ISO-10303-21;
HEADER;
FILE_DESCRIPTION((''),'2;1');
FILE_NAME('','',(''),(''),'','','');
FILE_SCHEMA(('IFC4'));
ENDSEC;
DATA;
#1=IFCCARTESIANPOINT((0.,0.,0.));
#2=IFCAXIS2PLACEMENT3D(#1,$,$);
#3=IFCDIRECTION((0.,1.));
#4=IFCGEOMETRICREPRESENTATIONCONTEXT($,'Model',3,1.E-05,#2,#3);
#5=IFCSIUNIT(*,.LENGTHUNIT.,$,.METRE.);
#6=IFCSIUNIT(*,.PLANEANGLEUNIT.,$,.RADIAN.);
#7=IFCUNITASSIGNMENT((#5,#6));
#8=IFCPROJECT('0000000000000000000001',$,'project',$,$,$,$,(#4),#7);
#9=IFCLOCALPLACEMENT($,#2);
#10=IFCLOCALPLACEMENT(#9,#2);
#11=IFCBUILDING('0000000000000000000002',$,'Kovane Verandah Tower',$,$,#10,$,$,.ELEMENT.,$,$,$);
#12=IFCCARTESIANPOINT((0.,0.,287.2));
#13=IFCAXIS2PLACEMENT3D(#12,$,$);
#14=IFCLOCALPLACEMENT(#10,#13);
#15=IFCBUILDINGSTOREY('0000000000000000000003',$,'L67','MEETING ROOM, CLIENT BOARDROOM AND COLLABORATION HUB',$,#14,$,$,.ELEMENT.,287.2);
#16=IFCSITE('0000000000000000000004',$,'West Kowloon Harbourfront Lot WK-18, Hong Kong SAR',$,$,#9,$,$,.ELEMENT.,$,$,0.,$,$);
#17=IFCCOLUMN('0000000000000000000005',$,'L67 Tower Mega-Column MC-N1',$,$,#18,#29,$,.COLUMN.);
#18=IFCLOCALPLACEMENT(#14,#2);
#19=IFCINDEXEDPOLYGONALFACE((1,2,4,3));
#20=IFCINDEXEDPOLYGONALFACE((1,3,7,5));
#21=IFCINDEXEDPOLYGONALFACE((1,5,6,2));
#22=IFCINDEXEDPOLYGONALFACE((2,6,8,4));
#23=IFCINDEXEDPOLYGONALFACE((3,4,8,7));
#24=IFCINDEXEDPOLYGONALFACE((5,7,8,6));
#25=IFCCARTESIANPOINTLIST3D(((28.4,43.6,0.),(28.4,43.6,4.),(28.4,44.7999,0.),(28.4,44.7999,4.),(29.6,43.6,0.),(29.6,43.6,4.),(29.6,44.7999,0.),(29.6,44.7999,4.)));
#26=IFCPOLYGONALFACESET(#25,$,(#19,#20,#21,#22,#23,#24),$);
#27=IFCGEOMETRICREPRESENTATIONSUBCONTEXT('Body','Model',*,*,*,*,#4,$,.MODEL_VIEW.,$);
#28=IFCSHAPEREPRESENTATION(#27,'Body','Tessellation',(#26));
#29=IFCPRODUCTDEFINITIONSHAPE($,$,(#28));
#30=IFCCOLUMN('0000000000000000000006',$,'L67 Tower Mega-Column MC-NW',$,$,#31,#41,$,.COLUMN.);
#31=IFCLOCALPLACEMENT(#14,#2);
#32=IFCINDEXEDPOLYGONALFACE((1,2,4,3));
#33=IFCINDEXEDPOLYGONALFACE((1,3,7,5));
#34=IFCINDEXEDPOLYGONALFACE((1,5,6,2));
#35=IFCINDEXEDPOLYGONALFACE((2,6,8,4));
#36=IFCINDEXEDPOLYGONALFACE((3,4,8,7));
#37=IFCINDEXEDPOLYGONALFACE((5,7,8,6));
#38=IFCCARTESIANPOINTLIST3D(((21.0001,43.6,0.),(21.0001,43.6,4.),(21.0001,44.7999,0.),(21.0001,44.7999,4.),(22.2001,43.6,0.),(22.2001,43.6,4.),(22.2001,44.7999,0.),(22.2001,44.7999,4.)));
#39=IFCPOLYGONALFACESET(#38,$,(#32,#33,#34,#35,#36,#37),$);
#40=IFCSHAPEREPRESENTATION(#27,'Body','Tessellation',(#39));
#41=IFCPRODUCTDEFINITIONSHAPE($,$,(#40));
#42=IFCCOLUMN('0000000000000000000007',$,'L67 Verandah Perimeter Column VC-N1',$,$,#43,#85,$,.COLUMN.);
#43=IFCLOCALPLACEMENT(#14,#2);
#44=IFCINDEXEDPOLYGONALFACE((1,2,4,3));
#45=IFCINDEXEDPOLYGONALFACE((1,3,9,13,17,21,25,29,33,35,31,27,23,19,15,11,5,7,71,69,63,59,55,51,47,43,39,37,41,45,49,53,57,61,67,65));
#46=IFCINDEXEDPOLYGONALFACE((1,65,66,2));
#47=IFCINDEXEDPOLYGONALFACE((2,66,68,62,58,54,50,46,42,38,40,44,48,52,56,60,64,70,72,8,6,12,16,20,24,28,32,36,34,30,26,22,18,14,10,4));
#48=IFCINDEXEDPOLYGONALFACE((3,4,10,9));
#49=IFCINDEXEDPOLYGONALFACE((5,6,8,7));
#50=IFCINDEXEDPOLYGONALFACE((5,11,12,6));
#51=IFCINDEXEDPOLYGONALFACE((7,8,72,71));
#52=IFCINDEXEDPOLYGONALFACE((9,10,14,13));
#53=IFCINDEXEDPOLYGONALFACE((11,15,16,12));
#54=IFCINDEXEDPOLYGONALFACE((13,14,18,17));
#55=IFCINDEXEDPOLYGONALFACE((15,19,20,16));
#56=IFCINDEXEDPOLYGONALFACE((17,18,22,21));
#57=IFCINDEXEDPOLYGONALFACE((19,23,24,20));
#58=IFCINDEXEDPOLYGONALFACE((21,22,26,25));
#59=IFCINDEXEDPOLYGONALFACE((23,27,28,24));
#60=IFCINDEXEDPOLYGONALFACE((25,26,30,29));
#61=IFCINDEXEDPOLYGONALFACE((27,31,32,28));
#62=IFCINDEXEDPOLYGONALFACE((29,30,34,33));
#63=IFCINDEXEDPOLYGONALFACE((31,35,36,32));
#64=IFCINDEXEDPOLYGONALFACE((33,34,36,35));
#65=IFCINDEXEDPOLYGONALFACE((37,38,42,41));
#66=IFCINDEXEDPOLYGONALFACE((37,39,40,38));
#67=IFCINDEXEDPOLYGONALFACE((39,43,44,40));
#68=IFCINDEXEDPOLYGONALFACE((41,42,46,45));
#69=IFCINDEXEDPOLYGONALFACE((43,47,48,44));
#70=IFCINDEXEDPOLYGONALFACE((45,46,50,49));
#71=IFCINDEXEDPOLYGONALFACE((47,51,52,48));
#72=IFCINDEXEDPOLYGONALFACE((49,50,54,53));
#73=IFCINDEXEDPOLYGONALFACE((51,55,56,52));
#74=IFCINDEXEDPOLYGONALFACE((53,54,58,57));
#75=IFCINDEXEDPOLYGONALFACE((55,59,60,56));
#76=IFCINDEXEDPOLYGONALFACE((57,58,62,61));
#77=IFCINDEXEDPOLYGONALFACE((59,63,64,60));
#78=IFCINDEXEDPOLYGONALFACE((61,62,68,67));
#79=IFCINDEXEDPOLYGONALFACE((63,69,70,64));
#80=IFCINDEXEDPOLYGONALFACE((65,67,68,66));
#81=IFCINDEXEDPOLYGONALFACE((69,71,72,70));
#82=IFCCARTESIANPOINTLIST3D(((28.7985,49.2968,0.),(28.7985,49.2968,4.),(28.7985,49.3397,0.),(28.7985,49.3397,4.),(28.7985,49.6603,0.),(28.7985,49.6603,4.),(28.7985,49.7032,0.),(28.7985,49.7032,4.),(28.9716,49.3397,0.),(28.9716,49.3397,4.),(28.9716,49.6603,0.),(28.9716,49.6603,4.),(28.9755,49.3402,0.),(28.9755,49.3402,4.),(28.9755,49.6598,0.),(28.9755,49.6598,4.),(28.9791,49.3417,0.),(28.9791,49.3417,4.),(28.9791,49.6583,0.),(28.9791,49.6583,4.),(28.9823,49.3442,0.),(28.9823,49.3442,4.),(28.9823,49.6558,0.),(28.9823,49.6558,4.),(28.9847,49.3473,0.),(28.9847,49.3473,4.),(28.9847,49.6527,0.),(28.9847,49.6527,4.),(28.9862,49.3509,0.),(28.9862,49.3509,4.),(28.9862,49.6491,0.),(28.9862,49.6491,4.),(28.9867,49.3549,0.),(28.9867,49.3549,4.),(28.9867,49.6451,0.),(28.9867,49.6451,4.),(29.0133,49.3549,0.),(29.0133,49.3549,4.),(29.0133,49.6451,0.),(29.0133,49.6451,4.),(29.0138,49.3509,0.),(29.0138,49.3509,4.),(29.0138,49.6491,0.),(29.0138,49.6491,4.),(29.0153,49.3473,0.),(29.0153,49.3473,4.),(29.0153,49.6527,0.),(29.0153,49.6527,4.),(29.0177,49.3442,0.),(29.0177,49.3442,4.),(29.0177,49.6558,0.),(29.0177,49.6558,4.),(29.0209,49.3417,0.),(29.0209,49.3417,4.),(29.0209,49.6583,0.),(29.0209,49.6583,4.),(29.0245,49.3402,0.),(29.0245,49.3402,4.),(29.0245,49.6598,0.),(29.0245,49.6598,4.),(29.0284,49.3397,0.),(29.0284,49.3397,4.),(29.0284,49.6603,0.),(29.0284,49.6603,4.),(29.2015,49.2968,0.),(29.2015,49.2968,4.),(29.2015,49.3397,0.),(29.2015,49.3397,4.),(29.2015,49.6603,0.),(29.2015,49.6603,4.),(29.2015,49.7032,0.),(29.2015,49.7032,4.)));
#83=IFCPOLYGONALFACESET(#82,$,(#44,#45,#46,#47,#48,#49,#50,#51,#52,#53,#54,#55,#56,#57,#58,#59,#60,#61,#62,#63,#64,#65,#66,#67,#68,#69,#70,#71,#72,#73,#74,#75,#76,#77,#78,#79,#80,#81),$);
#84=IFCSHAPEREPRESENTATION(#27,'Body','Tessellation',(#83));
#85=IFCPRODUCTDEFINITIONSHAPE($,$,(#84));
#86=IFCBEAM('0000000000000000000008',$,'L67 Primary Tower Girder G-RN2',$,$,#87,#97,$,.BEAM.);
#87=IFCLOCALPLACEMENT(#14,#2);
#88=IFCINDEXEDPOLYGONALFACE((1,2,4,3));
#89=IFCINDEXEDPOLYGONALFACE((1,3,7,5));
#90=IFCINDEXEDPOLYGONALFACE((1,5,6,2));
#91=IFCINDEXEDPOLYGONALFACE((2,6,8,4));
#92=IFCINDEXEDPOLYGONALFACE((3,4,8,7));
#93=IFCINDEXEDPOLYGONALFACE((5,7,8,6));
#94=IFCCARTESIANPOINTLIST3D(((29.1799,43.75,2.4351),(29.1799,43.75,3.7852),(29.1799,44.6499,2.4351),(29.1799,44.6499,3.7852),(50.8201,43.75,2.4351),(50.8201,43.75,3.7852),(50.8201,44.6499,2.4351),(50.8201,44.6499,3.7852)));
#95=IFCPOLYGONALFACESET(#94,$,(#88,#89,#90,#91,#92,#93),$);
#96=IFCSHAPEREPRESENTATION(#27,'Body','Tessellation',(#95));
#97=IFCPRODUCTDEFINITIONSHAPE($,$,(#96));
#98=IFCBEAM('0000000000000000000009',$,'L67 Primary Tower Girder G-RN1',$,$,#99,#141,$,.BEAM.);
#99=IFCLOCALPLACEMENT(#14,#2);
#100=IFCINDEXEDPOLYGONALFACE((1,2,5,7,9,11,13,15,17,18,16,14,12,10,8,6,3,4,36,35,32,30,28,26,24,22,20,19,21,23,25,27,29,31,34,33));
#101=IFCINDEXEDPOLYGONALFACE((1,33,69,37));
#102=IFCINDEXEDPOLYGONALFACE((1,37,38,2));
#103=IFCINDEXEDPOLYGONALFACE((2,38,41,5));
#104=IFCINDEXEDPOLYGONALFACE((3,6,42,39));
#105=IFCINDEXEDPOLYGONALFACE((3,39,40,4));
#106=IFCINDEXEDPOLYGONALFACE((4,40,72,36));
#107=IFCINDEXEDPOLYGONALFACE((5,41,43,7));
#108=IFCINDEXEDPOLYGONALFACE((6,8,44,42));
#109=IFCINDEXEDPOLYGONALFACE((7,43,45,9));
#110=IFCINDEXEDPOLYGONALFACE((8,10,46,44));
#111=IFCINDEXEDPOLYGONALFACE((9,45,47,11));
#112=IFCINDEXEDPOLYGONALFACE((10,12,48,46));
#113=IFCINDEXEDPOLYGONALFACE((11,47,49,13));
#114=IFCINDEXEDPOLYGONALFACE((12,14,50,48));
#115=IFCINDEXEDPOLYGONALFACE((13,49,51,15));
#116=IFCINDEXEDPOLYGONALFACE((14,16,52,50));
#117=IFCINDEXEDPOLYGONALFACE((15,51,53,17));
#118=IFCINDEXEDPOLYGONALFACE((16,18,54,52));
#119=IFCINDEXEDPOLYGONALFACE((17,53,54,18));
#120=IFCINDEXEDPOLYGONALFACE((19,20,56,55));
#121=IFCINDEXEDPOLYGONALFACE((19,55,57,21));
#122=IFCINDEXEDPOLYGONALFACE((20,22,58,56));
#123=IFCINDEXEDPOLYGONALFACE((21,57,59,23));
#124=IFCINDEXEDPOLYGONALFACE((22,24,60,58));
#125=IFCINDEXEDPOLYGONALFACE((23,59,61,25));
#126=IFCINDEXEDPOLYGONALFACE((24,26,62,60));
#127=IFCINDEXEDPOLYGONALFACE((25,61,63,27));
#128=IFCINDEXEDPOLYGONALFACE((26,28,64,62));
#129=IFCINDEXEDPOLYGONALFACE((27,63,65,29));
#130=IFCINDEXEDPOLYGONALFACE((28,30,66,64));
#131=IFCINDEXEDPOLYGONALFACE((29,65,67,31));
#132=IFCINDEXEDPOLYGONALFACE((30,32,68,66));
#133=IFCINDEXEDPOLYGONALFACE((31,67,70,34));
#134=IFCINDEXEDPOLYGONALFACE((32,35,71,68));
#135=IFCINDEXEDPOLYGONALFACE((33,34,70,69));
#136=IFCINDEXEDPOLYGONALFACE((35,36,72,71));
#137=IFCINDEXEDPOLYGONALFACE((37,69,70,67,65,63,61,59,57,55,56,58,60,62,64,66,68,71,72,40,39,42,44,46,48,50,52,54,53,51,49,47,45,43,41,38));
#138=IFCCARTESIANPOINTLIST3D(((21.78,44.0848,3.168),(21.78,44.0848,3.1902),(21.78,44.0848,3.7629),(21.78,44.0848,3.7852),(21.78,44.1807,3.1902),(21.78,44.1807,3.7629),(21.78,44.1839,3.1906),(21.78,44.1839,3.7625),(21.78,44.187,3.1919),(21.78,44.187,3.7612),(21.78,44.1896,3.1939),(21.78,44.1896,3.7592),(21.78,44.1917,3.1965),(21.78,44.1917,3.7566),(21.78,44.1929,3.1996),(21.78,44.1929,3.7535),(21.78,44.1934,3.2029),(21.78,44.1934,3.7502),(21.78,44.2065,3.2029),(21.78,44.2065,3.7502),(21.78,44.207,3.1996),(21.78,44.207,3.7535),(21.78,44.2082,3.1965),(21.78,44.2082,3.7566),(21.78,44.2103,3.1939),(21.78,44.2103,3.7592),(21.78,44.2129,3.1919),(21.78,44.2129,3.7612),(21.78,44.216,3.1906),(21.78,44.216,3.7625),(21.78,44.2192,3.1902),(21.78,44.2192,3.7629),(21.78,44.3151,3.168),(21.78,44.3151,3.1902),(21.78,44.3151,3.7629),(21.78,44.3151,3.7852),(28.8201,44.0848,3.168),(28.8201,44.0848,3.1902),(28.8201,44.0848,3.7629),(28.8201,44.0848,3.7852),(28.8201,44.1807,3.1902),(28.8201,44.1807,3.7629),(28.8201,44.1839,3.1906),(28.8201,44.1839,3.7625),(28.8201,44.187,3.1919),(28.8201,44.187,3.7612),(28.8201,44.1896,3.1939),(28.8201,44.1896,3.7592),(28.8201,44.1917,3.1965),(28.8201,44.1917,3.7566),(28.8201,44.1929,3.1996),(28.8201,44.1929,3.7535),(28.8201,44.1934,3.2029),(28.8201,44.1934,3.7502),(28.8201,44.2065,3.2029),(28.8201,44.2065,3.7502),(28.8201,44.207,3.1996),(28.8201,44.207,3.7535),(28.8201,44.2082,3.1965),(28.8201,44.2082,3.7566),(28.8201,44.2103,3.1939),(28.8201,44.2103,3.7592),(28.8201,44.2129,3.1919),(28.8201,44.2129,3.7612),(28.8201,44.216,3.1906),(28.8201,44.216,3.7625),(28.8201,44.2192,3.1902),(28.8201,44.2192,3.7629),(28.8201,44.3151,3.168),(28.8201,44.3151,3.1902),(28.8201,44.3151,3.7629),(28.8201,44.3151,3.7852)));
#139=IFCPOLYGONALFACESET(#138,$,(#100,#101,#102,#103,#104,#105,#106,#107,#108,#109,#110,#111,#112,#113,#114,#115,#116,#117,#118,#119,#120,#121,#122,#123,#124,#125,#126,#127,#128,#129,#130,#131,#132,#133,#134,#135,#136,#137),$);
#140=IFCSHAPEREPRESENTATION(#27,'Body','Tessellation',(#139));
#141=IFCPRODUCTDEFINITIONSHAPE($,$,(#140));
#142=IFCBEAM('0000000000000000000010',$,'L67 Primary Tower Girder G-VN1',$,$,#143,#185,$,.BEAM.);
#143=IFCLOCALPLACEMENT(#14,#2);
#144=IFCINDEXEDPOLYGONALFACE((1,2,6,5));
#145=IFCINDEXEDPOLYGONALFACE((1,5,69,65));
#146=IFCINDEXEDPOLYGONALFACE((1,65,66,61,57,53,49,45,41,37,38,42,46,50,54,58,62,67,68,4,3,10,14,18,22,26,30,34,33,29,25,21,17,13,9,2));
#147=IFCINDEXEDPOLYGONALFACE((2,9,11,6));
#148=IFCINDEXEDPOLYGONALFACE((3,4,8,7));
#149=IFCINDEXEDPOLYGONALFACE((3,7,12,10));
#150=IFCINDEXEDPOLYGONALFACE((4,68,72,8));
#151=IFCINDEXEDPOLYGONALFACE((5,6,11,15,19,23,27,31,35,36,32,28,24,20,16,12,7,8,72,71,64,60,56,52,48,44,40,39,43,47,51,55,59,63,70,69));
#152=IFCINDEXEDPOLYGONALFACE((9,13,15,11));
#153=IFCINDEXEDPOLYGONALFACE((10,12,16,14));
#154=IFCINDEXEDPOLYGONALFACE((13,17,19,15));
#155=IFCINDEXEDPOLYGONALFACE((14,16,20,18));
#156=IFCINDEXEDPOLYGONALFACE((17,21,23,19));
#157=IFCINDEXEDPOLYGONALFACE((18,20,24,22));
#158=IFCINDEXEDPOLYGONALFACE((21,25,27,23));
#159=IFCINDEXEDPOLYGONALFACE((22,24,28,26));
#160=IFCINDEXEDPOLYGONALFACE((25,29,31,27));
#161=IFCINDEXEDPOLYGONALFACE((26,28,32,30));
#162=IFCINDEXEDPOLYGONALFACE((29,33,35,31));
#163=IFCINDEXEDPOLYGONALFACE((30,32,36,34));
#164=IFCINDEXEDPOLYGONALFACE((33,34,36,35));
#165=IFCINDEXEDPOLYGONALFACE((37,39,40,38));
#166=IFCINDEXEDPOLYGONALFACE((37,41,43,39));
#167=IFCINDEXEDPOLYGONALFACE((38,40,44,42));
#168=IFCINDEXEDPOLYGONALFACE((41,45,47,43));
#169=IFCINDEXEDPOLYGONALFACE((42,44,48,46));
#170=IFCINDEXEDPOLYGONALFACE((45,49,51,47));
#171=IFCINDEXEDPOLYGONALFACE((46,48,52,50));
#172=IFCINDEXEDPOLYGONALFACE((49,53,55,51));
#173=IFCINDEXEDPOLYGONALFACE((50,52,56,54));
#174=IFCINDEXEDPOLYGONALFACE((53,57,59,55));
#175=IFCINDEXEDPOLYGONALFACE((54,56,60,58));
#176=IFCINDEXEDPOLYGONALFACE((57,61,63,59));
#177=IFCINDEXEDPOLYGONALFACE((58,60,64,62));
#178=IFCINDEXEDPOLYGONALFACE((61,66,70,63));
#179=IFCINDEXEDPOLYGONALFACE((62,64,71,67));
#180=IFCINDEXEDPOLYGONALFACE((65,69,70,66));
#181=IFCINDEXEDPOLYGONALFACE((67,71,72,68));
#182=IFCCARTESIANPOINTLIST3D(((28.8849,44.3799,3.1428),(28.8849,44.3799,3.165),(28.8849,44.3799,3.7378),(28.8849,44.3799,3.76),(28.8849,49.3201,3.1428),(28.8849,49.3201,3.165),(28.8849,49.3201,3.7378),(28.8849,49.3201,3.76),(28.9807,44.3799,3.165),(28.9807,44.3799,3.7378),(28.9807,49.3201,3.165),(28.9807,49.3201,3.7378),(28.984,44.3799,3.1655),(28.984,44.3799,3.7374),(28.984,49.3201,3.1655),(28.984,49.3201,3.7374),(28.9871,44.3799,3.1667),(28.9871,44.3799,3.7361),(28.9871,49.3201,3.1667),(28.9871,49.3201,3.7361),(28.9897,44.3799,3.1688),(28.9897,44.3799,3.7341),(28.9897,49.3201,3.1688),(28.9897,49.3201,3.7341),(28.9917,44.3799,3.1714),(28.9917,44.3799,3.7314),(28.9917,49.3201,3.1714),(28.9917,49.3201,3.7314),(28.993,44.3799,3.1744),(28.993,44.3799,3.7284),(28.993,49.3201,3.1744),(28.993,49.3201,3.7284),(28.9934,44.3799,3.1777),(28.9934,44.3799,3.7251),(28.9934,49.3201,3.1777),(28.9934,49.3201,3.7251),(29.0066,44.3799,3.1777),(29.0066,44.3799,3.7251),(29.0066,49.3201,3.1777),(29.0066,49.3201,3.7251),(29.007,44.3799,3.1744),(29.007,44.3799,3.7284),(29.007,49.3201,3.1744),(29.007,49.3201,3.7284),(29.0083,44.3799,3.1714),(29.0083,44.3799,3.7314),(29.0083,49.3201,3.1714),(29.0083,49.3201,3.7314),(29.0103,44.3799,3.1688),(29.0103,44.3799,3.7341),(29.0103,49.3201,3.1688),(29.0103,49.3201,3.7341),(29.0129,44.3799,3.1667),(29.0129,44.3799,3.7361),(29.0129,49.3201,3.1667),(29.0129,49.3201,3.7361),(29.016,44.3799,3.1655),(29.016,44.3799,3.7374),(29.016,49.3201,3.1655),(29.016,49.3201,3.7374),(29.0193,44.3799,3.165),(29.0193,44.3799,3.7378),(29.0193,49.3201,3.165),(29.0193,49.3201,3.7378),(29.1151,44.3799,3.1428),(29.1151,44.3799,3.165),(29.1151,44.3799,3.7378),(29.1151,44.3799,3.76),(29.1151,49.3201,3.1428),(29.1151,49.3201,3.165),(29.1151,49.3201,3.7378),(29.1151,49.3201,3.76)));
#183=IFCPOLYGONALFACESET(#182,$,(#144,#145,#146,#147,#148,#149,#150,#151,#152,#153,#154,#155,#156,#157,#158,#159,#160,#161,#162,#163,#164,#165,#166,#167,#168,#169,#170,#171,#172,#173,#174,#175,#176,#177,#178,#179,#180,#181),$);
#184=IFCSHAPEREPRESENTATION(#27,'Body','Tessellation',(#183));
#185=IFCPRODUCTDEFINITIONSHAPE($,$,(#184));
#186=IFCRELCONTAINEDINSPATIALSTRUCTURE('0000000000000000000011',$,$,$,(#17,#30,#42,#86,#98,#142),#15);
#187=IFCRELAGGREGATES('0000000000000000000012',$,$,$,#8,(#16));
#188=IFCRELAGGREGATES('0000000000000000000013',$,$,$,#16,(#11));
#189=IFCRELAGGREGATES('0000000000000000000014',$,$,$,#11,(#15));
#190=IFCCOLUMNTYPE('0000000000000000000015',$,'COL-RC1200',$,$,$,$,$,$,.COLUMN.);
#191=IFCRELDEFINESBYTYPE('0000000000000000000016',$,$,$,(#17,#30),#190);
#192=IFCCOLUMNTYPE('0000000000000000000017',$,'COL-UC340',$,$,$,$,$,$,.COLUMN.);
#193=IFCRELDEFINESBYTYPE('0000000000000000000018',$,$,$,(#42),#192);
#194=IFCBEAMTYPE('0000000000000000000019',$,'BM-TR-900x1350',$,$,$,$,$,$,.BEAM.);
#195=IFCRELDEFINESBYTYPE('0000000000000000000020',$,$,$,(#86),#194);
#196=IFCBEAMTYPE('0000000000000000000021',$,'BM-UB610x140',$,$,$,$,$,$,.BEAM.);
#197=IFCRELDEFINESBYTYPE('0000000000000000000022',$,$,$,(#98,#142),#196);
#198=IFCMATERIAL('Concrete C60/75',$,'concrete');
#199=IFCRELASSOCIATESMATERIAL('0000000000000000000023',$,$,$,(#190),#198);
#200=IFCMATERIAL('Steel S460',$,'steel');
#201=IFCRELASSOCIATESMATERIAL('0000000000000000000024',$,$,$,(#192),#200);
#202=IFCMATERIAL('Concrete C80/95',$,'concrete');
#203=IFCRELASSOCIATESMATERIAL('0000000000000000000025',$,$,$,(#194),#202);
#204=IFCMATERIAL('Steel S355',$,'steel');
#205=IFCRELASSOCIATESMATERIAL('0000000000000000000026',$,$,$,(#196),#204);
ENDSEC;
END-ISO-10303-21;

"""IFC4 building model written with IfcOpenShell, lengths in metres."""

from ifc_helpers import new_model, si_unit, direction, frame, origin, origin_2d, place, context, subcontext, project, spatial, rectangle, i_section, extrude, material, material_profile, profile_set, type_object, element, save


model = new_model("IFC4")

# Units and contexts
model_context = context("Model", 3, precision=1e-05, world=origin(), true_north=direction((0.0, 1.0)))
body_context = subcontext(model_context, "Body", "Model", "MODEL_VIEW")
ifc_project = project(units=[si_unit("LENGTHUNIT", "METRE"), si_unit("PLANEANGLEUNIT", "RADIAN")], contexts=[model_context])

# Site, building, storey
site_placement = place(None, origin())
site = spatial("IfcSite", under=ifc_project, at=site_placement, Name="West Kowloon Harbourfront Lot WK-18, Hong Kong SAR", CompositionType="ELEMENT", RefElevation=0.0)
building_placement = place(site_placement, origin())
building = spatial("IfcBuilding", under=site, at=building_placement, Name="Kovane Verandah Tower", CompositionType="ELEMENT")
storey_placement = place(building_placement, frame((0.0, 0.0, 287.2)))
storey = spatial("IfcBuildingStorey", under=building, at=storey_placement, Name="L67", Description="MEETING ROOM, CLIENT BOARDROOM AND COLLABORATION HUB", CompositionType="ELEMENT", Elevation=287.2)

# Columns
ifc_material_1 = material(Name="Concrete C60/75", Category="concrete")
ifc_material_profile_1 = material_profile(ifc_material_1, rectangle(XDim=1.2, YDim=1.2, at=origin_2d()), Name="RC1200x1200")
ifc_profile_set_1 = profile_set([ifc_material_profile_1], Name="Concrete C60/75")
column_type_1 = type_object("IfcColumnType", Name="COL-RC1200", PredefinedType="COLUMN", material=ifc_profile_set_1)
for number, where, z_axis, x_axis, name in (
    (1, (29.0, 44.2, 0.0), (0.0, 0.0, 1.0), (1.0, 0.0, 0.0), "L67 Tower Mega-Column MC-N1"),
    (2, (21.6001, 44.2, 0.0), (0.0, 0.0, 1.0), (1.0, 0.0, 0.0), "L67 Tower Mega-Column MC-NW"),
):
    element("IfcColumn", number, at=place(storey_placement, frame(where, z_axis=z_axis, x_axis=x_axis)), inside=storey, type_object=column_type_1, Name=name, PredefinedType="COLUMN", context=body_context, shape_type="SweptSolid", body=[
        extrude(rectangle(XDim=1.2, YDim=1.2, at=origin_2d()), origin(), (0.0, 0.0, 1.0), 4.0),
    ])
ifc_material_2 = material(Name="Steel S460", Category="steel")
ifc_material_profile_2 = material_profile(ifc_material_2, i_section(OverallWidth=0.4031, OverallDepth=0.4065, WebThickness=0.0266, FlangeThickness=0.043, FilletRadius=0.0151, at=origin_2d()), Name="UC356x406x340")
ifc_profile_set_2 = profile_set([ifc_material_profile_2], Name="Steel S460")
column_type_2 = type_object("IfcColumnType", Name="COL-UC340", PredefinedType="COLUMN", material=ifc_profile_set_2)
column_placement = place(storey_placement, frame((29.0, 49.5, 0.0), z_axis=(0.0, 0.0, 1.0), x_axis=(1.0, 0.0, 0.0)))
element("IfcColumn", 3, at=column_placement, inside=storey, type_object=column_type_2, Name="L67 Verandah Perimeter Column VC-N1", PredefinedType="COLUMN", context=body_context, shape_type="SweptSolid", body=[
    extrude(i_section(OverallWidth=0.4031, OverallDepth=0.4065, WebThickness=0.0266, FlangeThickness=0.043, FilletRadius=0.0151, at=origin_2d()), origin(), (0.0, 0.0, 1.0), 4.0),
])

# Beams
ifc_material_3 = material(Name="Concrete C80/95", Category="concrete")
ifc_material_profile_3 = material_profile(ifc_material_3, rectangle(XDim=0.8999, YDim=1.3501, at=origin_2d()), Name="RCB900x1350")
ifc_profile_set_3 = profile_set([ifc_material_profile_3], Name="Concrete C80/95")
beam_type_1 = type_object("IfcBeamType", Name="BM-TR-900x1350", PredefinedType="BEAM", material=ifc_profile_set_3)
beam_1_placement = place(storey_placement, frame((29.1799, 44.2, 3.1101), z_axis=(1.0, 0.0, 0.0), x_axis=(0.0, 1.0, 0.0)))
element("IfcBeam", 4, at=beam_1_placement, inside=storey, type_object=beam_type_1, Name="L67 Primary Tower Girder G-RN2", PredefinedType="BEAM", context=body_context, shape_type="SweptSolid", body=[
    extrude(rectangle(XDim=0.8999, YDim=1.3501, at=origin_2d()), origin(), (0.0, 0.0, 1.0), 21.6401),
])
ifc_material_4 = material(Name="Steel S355", Category="steel")
ifc_material_profile_4 = material_profile(ifc_material_4, i_section(OverallWidth=0.2302, OverallDepth=0.6172, WebThickness=0.0132, FlangeThickness=0.0222, FilletRadius=0.0127, at=origin_2d()), Name="UB610x229x140")
ifc_profile_set_4 = profile_set([ifc_material_profile_4], Name="Steel S355")
beam_type_2 = type_object("IfcBeamType", Name="BM-UB610x140", PredefinedType="BEAM", material=ifc_profile_set_4)
beam_2_placement = place(storey_placement, frame((21.78, 44.2, 3.4766), z_axis=(1.0, 0.0, 0.0), x_axis=(0.0, 1.0, 0.0)))
element("IfcBeam", 5, at=beam_2_placement, inside=storey, type_object=beam_type_2, Name="L67 Primary Tower Girder G-RN1", PredefinedType="BEAM", context=body_context, shape_type="SweptSolid", body=[
    extrude(i_section(OverallWidth=0.2302, OverallDepth=0.6172, WebThickness=0.0132, FlangeThickness=0.0222, FilletRadius=0.0127, at=origin_2d()), origin(), (0.0, 0.0, 1.0), 7.04),
])
beam_3_placement = place(storey_placement, frame((29.0, 44.3799, 3.4514), z_axis=(0.0, 1.0, 0.0), x_axis=(-1.0, 0.0, 0.0)))
element("IfcBeam", 6, at=beam_3_placement, inside=storey, type_object=beam_type_2, Name="L67 Primary Tower Girder G-VN1", PredefinedType="BEAM", context=body_context, shape_type="SweptSolid", body=[
    extrude(i_section(OverallWidth=0.2302, OverallDepth=0.6172, WebThickness=0.0132, FlangeThickness=0.0222, FilletRadius=0.0127, at=origin_2d()), origin(), (0.0, 0.0, 1.0), 4.9402),
])

save(model, "model.ifc")
